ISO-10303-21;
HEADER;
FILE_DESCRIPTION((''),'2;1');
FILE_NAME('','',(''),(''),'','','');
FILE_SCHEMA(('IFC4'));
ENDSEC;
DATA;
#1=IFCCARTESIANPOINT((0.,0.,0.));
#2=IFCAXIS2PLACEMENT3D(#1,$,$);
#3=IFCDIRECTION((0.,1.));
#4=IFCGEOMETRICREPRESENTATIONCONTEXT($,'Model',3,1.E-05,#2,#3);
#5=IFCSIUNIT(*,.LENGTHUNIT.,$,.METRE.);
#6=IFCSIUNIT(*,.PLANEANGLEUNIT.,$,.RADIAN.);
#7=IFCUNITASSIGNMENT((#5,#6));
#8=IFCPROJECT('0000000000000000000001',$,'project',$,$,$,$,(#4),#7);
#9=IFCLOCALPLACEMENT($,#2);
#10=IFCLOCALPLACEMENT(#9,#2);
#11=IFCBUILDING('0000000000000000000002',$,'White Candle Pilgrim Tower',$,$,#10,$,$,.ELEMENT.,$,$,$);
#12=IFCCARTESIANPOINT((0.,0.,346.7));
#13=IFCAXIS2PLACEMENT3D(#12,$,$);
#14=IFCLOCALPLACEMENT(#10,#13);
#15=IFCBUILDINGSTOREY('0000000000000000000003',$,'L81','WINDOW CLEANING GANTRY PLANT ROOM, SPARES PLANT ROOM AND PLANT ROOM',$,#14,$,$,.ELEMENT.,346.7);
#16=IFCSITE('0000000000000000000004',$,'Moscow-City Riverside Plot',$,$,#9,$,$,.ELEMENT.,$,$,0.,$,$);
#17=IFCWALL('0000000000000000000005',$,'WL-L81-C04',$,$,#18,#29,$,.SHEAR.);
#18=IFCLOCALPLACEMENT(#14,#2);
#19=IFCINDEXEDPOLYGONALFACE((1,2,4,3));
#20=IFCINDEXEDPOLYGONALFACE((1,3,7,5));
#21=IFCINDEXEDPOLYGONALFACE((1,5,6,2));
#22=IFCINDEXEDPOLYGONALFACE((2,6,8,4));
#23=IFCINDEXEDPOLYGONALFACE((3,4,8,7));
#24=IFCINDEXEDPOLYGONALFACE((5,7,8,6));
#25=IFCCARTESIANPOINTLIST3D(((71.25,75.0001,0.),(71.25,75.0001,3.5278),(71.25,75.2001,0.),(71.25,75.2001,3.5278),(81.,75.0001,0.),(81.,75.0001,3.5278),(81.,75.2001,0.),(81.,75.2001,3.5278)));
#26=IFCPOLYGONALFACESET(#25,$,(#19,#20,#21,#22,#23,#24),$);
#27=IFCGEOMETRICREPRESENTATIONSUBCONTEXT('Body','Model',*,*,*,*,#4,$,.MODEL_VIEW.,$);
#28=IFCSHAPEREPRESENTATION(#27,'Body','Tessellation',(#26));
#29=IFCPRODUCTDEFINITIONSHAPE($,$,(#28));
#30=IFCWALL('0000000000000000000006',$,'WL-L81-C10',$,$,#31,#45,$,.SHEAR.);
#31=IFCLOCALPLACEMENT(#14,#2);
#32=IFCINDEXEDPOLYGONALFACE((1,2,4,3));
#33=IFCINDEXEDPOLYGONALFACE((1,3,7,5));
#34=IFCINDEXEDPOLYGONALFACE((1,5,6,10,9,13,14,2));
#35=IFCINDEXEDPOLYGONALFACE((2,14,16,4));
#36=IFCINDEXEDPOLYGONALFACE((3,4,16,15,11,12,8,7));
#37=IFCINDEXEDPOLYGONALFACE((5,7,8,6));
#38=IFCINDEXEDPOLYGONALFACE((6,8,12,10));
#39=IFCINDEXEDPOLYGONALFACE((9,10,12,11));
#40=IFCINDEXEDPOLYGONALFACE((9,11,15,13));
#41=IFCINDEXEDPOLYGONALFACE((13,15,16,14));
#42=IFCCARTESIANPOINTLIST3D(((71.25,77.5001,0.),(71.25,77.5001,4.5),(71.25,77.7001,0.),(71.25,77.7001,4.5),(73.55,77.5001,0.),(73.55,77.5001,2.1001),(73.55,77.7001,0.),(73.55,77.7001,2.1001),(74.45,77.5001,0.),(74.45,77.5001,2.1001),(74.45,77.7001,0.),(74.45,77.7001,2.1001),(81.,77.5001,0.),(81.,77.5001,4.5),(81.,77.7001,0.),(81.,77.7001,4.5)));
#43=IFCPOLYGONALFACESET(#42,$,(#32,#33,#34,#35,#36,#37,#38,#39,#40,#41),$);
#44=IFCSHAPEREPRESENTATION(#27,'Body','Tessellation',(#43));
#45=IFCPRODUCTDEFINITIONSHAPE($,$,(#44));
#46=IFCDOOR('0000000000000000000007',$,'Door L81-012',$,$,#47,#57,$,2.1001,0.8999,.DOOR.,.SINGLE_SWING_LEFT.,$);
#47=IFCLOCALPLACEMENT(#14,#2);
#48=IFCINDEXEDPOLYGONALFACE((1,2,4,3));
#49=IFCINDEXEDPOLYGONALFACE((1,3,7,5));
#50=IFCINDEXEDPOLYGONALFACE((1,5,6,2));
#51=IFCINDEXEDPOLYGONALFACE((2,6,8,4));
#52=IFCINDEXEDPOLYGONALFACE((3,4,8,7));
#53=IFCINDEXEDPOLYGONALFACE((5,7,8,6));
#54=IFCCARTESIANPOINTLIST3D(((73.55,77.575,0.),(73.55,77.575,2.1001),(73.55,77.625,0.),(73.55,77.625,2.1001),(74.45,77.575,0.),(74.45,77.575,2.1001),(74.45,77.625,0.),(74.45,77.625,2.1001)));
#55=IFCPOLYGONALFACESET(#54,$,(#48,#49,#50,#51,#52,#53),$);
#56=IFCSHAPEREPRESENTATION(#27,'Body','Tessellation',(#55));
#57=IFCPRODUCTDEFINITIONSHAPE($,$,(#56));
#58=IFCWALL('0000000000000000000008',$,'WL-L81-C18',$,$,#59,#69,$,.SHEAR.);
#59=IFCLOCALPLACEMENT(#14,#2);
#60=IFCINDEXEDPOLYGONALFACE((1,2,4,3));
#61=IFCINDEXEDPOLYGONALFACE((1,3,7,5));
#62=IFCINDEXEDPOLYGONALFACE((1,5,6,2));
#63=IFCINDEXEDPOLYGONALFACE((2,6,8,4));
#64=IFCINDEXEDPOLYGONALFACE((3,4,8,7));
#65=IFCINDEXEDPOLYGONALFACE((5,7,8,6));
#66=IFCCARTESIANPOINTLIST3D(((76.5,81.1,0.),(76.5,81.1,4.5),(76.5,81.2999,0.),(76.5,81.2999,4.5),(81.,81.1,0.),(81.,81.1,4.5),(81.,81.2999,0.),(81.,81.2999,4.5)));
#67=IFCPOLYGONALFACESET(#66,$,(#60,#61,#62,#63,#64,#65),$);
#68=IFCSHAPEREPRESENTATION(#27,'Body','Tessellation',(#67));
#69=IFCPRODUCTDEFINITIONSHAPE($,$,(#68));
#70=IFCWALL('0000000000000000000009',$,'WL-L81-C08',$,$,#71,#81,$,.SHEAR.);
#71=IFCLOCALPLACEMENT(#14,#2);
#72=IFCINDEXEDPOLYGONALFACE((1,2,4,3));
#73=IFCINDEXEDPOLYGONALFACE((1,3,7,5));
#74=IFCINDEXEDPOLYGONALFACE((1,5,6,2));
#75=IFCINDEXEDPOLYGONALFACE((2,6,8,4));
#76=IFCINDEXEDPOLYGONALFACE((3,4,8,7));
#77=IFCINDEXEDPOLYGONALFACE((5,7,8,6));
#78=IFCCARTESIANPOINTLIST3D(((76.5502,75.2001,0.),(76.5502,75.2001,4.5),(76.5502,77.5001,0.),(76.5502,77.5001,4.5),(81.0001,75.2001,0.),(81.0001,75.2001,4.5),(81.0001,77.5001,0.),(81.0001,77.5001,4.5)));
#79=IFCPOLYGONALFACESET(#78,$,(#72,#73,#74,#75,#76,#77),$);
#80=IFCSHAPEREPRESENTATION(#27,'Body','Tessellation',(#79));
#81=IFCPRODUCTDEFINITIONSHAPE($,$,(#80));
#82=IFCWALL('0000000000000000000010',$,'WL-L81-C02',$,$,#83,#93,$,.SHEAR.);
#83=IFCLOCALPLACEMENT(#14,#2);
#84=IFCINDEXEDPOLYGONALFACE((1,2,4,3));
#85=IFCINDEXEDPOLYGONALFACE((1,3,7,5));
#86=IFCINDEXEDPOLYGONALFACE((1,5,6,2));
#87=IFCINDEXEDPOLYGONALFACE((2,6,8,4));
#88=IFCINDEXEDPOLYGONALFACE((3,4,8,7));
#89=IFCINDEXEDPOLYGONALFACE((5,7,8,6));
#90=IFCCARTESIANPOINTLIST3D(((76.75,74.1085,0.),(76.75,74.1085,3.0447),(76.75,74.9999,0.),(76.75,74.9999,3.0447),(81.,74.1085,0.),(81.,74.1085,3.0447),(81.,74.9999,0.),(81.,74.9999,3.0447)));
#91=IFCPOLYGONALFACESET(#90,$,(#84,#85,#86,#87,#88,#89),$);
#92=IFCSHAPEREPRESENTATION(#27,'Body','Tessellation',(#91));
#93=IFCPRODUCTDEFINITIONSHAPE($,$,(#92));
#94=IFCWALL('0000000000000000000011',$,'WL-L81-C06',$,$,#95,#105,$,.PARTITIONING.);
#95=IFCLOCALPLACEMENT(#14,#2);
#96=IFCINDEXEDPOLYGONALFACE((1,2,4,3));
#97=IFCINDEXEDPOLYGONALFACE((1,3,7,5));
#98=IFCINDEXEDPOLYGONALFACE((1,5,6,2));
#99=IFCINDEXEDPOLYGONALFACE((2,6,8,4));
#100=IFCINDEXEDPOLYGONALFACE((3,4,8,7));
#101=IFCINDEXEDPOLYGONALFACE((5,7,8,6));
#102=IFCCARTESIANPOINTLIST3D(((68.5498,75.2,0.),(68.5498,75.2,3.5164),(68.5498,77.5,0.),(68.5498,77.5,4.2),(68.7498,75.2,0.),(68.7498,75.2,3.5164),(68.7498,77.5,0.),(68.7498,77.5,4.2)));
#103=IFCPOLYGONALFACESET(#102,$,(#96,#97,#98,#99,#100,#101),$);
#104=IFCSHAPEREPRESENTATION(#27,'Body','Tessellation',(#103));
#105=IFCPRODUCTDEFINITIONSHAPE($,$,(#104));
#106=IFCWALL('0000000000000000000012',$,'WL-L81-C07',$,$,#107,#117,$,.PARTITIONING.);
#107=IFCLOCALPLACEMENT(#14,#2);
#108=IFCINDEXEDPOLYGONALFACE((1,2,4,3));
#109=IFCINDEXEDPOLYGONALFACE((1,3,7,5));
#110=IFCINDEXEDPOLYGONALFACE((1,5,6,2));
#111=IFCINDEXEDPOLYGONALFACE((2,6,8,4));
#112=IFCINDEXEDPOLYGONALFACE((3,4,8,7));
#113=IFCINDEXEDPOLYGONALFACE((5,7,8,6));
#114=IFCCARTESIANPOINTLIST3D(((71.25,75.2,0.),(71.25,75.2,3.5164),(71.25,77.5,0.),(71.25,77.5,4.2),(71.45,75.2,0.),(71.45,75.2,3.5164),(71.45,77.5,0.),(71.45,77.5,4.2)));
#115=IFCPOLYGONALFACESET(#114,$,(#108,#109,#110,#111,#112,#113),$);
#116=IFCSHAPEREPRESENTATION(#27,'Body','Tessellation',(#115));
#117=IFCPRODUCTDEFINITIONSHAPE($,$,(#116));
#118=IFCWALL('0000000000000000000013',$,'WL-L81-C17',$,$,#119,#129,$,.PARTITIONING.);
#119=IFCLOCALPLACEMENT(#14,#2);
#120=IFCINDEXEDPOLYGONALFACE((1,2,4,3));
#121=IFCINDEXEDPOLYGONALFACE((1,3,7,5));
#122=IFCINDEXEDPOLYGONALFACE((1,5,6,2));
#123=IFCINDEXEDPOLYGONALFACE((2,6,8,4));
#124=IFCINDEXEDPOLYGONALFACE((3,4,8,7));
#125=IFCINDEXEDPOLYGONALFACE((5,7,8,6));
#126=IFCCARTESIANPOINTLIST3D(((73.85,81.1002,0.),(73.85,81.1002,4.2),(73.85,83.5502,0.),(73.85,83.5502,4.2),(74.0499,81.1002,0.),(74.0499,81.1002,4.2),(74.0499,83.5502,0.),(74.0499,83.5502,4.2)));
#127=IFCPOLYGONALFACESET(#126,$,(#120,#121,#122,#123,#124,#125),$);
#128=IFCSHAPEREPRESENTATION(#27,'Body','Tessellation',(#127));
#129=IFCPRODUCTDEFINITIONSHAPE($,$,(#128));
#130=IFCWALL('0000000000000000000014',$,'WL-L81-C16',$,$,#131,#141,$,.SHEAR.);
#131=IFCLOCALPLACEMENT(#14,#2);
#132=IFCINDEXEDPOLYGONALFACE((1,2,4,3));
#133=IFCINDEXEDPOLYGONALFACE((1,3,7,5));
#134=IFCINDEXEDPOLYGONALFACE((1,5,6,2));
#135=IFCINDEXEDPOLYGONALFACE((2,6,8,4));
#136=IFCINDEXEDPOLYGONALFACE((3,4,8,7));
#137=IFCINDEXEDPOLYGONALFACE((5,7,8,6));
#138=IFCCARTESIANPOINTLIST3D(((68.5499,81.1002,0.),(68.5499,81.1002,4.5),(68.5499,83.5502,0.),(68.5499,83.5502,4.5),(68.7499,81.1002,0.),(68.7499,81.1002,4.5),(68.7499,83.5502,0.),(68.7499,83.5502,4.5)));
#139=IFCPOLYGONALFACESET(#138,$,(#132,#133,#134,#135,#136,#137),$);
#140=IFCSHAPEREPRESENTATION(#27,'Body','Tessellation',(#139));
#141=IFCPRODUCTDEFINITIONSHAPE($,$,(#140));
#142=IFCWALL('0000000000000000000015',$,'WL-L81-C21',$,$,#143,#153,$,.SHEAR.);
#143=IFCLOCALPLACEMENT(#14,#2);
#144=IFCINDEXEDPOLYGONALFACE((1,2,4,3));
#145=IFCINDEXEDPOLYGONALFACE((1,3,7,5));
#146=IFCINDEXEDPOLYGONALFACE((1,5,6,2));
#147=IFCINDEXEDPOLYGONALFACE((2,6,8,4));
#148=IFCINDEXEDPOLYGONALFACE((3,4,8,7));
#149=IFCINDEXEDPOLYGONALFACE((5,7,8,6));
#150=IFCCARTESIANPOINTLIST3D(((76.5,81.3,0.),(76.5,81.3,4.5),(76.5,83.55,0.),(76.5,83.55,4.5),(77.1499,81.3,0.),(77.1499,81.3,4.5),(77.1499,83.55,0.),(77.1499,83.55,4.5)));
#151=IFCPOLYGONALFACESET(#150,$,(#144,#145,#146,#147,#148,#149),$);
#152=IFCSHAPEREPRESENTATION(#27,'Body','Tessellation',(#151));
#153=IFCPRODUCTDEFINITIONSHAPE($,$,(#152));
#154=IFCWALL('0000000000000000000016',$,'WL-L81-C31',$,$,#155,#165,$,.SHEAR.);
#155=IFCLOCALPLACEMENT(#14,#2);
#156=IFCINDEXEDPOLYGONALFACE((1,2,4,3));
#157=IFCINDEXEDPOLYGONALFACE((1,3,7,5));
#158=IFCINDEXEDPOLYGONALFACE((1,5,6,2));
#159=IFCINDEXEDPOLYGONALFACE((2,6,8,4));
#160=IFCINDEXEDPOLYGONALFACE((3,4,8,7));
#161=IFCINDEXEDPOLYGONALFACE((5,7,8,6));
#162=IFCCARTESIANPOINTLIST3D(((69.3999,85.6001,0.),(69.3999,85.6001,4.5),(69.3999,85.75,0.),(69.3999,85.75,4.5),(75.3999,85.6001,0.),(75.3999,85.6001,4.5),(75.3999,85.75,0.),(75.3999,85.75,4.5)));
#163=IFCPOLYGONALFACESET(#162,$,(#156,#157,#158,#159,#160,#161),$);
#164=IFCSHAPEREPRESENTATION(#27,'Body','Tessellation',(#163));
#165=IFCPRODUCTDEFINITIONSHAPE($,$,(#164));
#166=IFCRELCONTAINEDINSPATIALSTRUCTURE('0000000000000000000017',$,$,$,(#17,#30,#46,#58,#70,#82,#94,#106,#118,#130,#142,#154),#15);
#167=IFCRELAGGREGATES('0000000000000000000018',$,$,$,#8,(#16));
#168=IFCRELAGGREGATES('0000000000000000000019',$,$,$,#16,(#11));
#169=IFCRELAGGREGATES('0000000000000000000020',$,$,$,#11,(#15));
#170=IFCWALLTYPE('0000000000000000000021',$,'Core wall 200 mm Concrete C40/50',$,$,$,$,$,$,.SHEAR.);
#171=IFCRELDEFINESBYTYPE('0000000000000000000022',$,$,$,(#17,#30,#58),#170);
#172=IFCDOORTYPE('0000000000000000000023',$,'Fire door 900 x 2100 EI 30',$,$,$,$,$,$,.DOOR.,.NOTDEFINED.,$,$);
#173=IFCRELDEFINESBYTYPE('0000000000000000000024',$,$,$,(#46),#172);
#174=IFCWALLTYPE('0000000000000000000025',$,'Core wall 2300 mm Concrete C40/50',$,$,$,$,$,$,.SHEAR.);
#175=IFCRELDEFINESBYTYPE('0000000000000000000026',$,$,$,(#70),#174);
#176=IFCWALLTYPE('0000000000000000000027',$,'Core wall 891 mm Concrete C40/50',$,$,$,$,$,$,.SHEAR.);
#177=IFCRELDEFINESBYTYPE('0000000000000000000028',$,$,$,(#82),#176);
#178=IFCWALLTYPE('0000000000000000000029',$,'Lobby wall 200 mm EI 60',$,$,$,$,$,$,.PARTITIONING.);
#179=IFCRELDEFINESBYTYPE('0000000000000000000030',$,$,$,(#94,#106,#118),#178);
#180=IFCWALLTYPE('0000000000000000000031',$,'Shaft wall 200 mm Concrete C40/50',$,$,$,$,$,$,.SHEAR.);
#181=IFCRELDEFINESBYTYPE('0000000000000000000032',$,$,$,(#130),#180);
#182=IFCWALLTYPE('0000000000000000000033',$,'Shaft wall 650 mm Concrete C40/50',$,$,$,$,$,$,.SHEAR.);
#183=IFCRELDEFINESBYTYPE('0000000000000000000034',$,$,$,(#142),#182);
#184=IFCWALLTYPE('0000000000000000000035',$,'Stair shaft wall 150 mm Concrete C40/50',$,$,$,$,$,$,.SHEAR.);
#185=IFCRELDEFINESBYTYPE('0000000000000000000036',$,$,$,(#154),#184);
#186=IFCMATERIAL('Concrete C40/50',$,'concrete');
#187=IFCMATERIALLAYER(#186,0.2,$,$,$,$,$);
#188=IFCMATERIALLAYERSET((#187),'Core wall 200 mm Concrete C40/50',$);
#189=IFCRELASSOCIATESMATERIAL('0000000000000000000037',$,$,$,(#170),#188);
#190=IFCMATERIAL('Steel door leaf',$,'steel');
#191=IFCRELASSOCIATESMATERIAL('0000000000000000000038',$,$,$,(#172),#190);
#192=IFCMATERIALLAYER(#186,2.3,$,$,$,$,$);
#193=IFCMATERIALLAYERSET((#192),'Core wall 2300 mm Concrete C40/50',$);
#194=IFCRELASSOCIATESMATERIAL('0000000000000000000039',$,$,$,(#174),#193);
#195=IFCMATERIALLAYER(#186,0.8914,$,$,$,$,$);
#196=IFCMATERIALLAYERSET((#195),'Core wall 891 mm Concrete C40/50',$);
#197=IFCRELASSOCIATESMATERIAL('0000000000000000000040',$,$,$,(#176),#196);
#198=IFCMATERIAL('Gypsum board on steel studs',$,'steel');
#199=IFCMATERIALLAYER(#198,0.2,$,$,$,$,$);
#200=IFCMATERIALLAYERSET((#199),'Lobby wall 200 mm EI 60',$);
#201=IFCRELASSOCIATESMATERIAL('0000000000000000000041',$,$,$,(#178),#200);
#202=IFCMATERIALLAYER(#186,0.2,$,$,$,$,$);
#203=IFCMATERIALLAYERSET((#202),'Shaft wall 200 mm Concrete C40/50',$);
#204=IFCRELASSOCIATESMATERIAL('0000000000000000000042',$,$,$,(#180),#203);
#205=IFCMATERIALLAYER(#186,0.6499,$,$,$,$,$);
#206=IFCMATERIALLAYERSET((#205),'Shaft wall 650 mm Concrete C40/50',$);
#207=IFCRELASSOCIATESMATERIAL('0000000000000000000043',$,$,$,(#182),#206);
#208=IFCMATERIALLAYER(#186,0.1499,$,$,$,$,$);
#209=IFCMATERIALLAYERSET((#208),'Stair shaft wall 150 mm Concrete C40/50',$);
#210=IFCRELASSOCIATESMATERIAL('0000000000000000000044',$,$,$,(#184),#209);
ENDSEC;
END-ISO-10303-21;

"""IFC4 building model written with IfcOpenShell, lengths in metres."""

from ifc_helpers import new_model, si_unit, direction, frame, frame_2d, origin, place, context, subcontext, project, spatial, polyline, rectangle, outline, extrude, material, layer, layer_set, type_object, element, fill, save


model = new_model("IFC4")

# Units and contexts
model_context = context("Model", 3, precision=1e-05, world=origin(), true_north=direction((0.0, 1.0)))
body_context = subcontext(model_context, "Body", "Model", "MODEL_VIEW")
ifc_project = project(units=[si_unit("LENGTHUNIT", "METRE"), si_unit("PLANEANGLEUNIT", "RADIAN")], contexts=[model_context])

# Site, building, storey
site_placement = place(None, origin())
site = spatial("IfcSite", under=ifc_project, at=site_placement, Name="Moscow-City Riverside Plot", CompositionType="ELEMENT", RefElevation=0.0)
building_placement = place(site_placement, origin())
building = spatial("IfcBuilding", under=site, at=building_placement, Name="White Candle Pilgrim Tower", CompositionType="ELEMENT")
storey_placement = place(building_placement, frame((0.0, 0.0, 346.7)))
storey = spatial("IfcBuildingStorey", under=building, at=storey_placement, Name="L81", Description="WINDOW CLEANING GANTRY PLANT ROOM, SPARES PLANT ROOM AND PLANT ROOM", CompositionType="ELEMENT", Elevation=346.7)

# Wall
ifc_material_1 = material(Name="Concrete C40/50", Category="concrete")
ifc_layer_1 = layer(ifc_material_1, 0.2)
ifc_layer_set_1 = layer_set([ifc_layer_1], Name="Core wall 200 mm Concrete C40/50")
wall_type_1 = type_object("IfcWallType", Name="Core wall 200 mm Concrete C40/50", PredefinedType="SHEAR", material=ifc_layer_set_1)
wall_1_placement = place(storey_placement, frame((71.25, 75.1001, 0.0), z_axis=(0.0, 0.0, 1.0), x_axis=(1.0, 0.0, 0.0)))
element("IfcWall", 1, at=wall_1_placement, inside=storey, type_object=wall_type_1, Name="WL-L81-C04", PredefinedType="SHEAR", context=body_context, shape_type="SweptSolid", body=[
    extrude(rectangle(XDim=9.75, YDim=0.2, at=frame_2d((4.875, 0.0))), origin(), (0.0, 0.0, 1.0), 3.5278),
])

# Wall, opening, door
wall_2_placement = place(storey_placement, frame((71.25, 77.6001, 0.0), z_axis=(0.0, 0.0, 1.0), x_axis=(1.0, 0.0, 0.0)))
wall_2 = element("IfcWall", 2, at=wall_2_placement, inside=storey, type_object=wall_type_1, Name="WL-L81-C10", PredefinedType="SHEAR", context=body_context, shape_type="SweptSolid", body=[
    extrude(rectangle(XDim=9.75, YDim=0.2, at=frame_2d((4.875, 0.0))), origin(), (0.0, 0.0, 1.0), 4.5),
])
opening_1_placement = place(wall_2_placement, frame((2.3, 0.0, 0.0)))
opening_1 = element("IfcOpeningElement", 3, at=opening_1_placement, cuts=wall_2, PredefinedType="OPENING", context=body_context, shape_type="SweptSolid", body=[
    extrude(rectangle(XDim=0.8999, YDim=2.1001, at=frame_2d((0.45, 1.05))), frame((0.0, 0.1099, 0.0), z_axis=(0.0, -1.0, 0.0), x_axis=(1.0, 0.0, 0.0)), (0.0, 0.0, 1.0), 0.22),
])
ifc_material_2 = material(Name="Steel door leaf", Category="steel")
door_type_1 = type_object("IfcDoorType", Name="Fire door 900 x 2100 EI 30", OperationType="NOTDEFINED", PredefinedType="DOOR", material=ifc_material_2)
door_1_placement = place(opening_1_placement, origin())
door_1 = element("IfcDoor", 4, at=door_1_placement, inside=storey, type_object=door_type_1, Name="Door L81-012", OperationType="SINGLE_SWING_LEFT", OverallHeight=2.1001, OverallWidth=0.8999, PredefinedType="DOOR", context=body_context, shape_type="SweptSolid", body=[
    extrude(rectangle(XDim=0.8999, YDim=2.1001, at=frame_2d((0.45, 1.05))), frame((0.0, 0.0249, 0.0), z_axis=(0.0, -1.0, 0.0), x_axis=(1.0, 0.0, 0.0)), (0.0, 0.0, 1.0), 0.05),
])
fill(opening_1, door_1)

# Walls
wall_3_placement = place(storey_placement, frame((76.5, 81.2, 0.0), z_axis=(0.0, 0.0, 1.0), x_axis=(1.0, 0.0, 0.0)))
element("IfcWall", 5, at=wall_3_placement, inside=storey, type_object=wall_type_1, Name="WL-L81-C18", PredefinedType="SHEAR", context=body_context, shape_type="SweptSolid", body=[
    extrude(rectangle(XDim=4.5, YDim=0.2, at=frame_2d((2.25, 0.0))), origin(), (0.0, 0.0, 1.0), 4.5),
])
ifc_layer_2 = layer(ifc_material_1, 2.3)
ifc_layer_set_2 = layer_set([ifc_layer_2], Name="Core wall 2300 mm Concrete C40/50")
wall_type_2 = type_object("IfcWallType", Name="Core wall 2300 mm Concrete C40/50", PredefinedType="SHEAR", material=ifc_layer_set_2)
wall_4_placement = place(storey_placement, frame((76.55, 76.3501, 0.0), z_axis=(0.0, 0.0, 1.0), x_axis=(1.0, 0.0, 0.0)))
element("IfcWall", 6, at=wall_4_placement, inside=storey, type_object=wall_type_2, Name="WL-L81-C08", PredefinedType="SHEAR", context=body_context, shape_type="SweptSolid", body=[
    extrude(rectangle(XDim=4.45, YDim=2.3, at=frame_2d((2.2251, 0.0))), origin(), (0.0, 0.0, 1.0), 4.5),
])
ifc_layer_3 = layer(ifc_material_1, 0.8914)
ifc_layer_set_3 = layer_set([ifc_layer_3], Name="Core wall 891 mm Concrete C40/50")
wall_type_3 = type_object("IfcWallType", Name="Core wall 891 mm Concrete C40/50", PredefinedType="SHEAR", material=ifc_layer_set_3)
wall_5_placement = place(storey_placement, frame((76.75, 74.5542, 0.0), z_axis=(0.0, 0.0, 1.0), x_axis=(1.0, 0.0, 0.0)))
element("IfcWall", 7, at=wall_5_placement, inside=storey, type_object=wall_type_3, Name="WL-L81-C02", PredefinedType="SHEAR", context=body_context, shape_type="SweptSolid", body=[
    extrude(rectangle(XDim=4.25, YDim=0.8914, at=frame_2d((2.125, 0.0))), origin(), (0.0, 0.0, 1.0), 3.0447),
])
ifc_material_3 = material(Name="Gypsum board on steel studs", Category="steel")
ifc_layer_4 = layer(ifc_material_3, 0.2)
ifc_layer_set_4 = layer_set([ifc_layer_4], Name="Lobby wall 200 mm EI 60")
wall_type_4 = type_object("IfcWallType", Name="Lobby wall 200 mm EI 60", PredefinedType="PARTITIONING", material=ifc_layer_set_4)
for number, where, z_axis, x_axis, name in (
    (8, (68.6499, 75.2, 0.0), (0.0, 0.0, 1.0), (0.0, 1.0, 0.0), "WL-L81-C06"),
    (9, (71.3501, 75.2, 0.0), (0.0, 0.0, 1.0), (0.0, 1.0, 0.0), "WL-L81-C07"),
):
    element("IfcWall", number, at=place(storey_placement, frame(where, z_axis=z_axis, x_axis=x_axis)), inside=storey, type_object=wall_type_4, Name=name, PredefinedType="PARTITIONING", context=body_context, shape_type="SweptSolid", body=[
        extrude(outline(polyline([(0.0, 0.0), (2.3, 0.0), (2.3, 4.2), (0.0, 3.5164), (0.0, 0.0)])), frame((0.0, 0.1001, 0.0), z_axis=(0.0, -1.0, 0.0), x_axis=(1.0, 0.0, 0.0)), (0.0, 0.0, 1.0), 0.2),
    ])
wall_6_placement = place(storey_placement, frame((73.95, 81.1001, 0.0), z_axis=(0.0, 0.0, 1.0), x_axis=(0.0, 1.0, 0.0)))
element("IfcWall", 10, at=wall_6_placement, inside=storey, type_object=wall_type_4, Name="WL-L81-C17", PredefinedType="PARTITIONING", context=body_context, shape_type="SweptSolid", body=[
    extrude(rectangle(XDim=2.45, YDim=0.2, at=frame_2d((1.2251, 0.0))), origin(), (0.0, 0.0, 1.0), 4.2),
])
ifc_layer_5 = layer(ifc_material_1, 0.2)
ifc_layer_set_5 = layer_set([ifc_layer_5], Name="Shaft wall 200 mm Concrete C40/50")
wall_type_5 = type_object("IfcWallType", Name="Shaft wall 200 mm Concrete C40/50", PredefinedType="SHEAR", material=ifc_layer_set_5)
wall_7_placement = place(storey_placement, frame((68.6499, 81.1001, 0.0), z_axis=(0.0, 0.0, 1.0), x_axis=(0.0, 1.0, 0.0)))
element("IfcWall", 11, at=wall_7_placement, inside=storey, type_object=wall_type_5, Name="WL-L81-C16", PredefinedType="SHEAR", context=body_context, shape_type="SweptSolid", body=[
    extrude(rectangle(XDim=2.45, YDim=0.2, at=frame_2d((1.2251, 0.0))), origin(), (0.0, 0.0, 1.0), 4.5),
])
ifc_layer_6 = layer(ifc_material_1, 0.6499)
ifc_layer_set_6 = layer_set([ifc_layer_6], Name="Shaft wall 650 mm Concrete C40/50")
wall_type_6 = type_object("IfcWallType", Name="Shaft wall 650 mm Concrete C40/50", PredefinedType="SHEAR", material=ifc_layer_set_6)
wall_8_placement = place(storey_placement, frame((76.825, 81.3, 0.0), z_axis=(0.0, 0.0, 1.0), x_axis=(0.0, 1.0, 0.0)))
element("IfcWall", 12, at=wall_8_placement, inside=storey, type_object=wall_type_6, Name="WL-L81-C21", PredefinedType="SHEAR", context=body_context, shape_type="SweptSolid", body=[
    extrude(rectangle(XDim=2.25, YDim=0.6499, at=frame_2d((1.125, 0.0))), origin(), (0.0, 0.0, 1.0), 4.5),
])
ifc_layer_7 = layer(ifc_material_1, 0.1499)
ifc_layer_set_7 = layer_set([ifc_layer_7], Name="Stair shaft wall 150 mm Concrete C40/50")
wall_type_7 = type_object("IfcWallType", Name="Stair shaft wall 150 mm Concrete C40/50", PredefinedType="SHEAR", material=ifc_layer_set_7)
wall_9_placement = place(storey_placement, frame((69.3999, 85.675, 0.0), z_axis=(0.0, 0.0, 1.0), x_axis=(1.0, 0.0, 0.0)))
element("IfcWall", 13, at=wall_9_placement, inside=storey, type_object=wall_type_7, Name="WL-L81-C31", PredefinedType="SHEAR", context=body_context, shape_type="SweptSolid", body=[
    extrude(rectangle(XDim=6.0, YDim=0.1499, at=frame_2d((3.0, 0.0))), origin(), (0.0, 0.0, 1.0), 4.5),
])

save(model, "model.ifc")
